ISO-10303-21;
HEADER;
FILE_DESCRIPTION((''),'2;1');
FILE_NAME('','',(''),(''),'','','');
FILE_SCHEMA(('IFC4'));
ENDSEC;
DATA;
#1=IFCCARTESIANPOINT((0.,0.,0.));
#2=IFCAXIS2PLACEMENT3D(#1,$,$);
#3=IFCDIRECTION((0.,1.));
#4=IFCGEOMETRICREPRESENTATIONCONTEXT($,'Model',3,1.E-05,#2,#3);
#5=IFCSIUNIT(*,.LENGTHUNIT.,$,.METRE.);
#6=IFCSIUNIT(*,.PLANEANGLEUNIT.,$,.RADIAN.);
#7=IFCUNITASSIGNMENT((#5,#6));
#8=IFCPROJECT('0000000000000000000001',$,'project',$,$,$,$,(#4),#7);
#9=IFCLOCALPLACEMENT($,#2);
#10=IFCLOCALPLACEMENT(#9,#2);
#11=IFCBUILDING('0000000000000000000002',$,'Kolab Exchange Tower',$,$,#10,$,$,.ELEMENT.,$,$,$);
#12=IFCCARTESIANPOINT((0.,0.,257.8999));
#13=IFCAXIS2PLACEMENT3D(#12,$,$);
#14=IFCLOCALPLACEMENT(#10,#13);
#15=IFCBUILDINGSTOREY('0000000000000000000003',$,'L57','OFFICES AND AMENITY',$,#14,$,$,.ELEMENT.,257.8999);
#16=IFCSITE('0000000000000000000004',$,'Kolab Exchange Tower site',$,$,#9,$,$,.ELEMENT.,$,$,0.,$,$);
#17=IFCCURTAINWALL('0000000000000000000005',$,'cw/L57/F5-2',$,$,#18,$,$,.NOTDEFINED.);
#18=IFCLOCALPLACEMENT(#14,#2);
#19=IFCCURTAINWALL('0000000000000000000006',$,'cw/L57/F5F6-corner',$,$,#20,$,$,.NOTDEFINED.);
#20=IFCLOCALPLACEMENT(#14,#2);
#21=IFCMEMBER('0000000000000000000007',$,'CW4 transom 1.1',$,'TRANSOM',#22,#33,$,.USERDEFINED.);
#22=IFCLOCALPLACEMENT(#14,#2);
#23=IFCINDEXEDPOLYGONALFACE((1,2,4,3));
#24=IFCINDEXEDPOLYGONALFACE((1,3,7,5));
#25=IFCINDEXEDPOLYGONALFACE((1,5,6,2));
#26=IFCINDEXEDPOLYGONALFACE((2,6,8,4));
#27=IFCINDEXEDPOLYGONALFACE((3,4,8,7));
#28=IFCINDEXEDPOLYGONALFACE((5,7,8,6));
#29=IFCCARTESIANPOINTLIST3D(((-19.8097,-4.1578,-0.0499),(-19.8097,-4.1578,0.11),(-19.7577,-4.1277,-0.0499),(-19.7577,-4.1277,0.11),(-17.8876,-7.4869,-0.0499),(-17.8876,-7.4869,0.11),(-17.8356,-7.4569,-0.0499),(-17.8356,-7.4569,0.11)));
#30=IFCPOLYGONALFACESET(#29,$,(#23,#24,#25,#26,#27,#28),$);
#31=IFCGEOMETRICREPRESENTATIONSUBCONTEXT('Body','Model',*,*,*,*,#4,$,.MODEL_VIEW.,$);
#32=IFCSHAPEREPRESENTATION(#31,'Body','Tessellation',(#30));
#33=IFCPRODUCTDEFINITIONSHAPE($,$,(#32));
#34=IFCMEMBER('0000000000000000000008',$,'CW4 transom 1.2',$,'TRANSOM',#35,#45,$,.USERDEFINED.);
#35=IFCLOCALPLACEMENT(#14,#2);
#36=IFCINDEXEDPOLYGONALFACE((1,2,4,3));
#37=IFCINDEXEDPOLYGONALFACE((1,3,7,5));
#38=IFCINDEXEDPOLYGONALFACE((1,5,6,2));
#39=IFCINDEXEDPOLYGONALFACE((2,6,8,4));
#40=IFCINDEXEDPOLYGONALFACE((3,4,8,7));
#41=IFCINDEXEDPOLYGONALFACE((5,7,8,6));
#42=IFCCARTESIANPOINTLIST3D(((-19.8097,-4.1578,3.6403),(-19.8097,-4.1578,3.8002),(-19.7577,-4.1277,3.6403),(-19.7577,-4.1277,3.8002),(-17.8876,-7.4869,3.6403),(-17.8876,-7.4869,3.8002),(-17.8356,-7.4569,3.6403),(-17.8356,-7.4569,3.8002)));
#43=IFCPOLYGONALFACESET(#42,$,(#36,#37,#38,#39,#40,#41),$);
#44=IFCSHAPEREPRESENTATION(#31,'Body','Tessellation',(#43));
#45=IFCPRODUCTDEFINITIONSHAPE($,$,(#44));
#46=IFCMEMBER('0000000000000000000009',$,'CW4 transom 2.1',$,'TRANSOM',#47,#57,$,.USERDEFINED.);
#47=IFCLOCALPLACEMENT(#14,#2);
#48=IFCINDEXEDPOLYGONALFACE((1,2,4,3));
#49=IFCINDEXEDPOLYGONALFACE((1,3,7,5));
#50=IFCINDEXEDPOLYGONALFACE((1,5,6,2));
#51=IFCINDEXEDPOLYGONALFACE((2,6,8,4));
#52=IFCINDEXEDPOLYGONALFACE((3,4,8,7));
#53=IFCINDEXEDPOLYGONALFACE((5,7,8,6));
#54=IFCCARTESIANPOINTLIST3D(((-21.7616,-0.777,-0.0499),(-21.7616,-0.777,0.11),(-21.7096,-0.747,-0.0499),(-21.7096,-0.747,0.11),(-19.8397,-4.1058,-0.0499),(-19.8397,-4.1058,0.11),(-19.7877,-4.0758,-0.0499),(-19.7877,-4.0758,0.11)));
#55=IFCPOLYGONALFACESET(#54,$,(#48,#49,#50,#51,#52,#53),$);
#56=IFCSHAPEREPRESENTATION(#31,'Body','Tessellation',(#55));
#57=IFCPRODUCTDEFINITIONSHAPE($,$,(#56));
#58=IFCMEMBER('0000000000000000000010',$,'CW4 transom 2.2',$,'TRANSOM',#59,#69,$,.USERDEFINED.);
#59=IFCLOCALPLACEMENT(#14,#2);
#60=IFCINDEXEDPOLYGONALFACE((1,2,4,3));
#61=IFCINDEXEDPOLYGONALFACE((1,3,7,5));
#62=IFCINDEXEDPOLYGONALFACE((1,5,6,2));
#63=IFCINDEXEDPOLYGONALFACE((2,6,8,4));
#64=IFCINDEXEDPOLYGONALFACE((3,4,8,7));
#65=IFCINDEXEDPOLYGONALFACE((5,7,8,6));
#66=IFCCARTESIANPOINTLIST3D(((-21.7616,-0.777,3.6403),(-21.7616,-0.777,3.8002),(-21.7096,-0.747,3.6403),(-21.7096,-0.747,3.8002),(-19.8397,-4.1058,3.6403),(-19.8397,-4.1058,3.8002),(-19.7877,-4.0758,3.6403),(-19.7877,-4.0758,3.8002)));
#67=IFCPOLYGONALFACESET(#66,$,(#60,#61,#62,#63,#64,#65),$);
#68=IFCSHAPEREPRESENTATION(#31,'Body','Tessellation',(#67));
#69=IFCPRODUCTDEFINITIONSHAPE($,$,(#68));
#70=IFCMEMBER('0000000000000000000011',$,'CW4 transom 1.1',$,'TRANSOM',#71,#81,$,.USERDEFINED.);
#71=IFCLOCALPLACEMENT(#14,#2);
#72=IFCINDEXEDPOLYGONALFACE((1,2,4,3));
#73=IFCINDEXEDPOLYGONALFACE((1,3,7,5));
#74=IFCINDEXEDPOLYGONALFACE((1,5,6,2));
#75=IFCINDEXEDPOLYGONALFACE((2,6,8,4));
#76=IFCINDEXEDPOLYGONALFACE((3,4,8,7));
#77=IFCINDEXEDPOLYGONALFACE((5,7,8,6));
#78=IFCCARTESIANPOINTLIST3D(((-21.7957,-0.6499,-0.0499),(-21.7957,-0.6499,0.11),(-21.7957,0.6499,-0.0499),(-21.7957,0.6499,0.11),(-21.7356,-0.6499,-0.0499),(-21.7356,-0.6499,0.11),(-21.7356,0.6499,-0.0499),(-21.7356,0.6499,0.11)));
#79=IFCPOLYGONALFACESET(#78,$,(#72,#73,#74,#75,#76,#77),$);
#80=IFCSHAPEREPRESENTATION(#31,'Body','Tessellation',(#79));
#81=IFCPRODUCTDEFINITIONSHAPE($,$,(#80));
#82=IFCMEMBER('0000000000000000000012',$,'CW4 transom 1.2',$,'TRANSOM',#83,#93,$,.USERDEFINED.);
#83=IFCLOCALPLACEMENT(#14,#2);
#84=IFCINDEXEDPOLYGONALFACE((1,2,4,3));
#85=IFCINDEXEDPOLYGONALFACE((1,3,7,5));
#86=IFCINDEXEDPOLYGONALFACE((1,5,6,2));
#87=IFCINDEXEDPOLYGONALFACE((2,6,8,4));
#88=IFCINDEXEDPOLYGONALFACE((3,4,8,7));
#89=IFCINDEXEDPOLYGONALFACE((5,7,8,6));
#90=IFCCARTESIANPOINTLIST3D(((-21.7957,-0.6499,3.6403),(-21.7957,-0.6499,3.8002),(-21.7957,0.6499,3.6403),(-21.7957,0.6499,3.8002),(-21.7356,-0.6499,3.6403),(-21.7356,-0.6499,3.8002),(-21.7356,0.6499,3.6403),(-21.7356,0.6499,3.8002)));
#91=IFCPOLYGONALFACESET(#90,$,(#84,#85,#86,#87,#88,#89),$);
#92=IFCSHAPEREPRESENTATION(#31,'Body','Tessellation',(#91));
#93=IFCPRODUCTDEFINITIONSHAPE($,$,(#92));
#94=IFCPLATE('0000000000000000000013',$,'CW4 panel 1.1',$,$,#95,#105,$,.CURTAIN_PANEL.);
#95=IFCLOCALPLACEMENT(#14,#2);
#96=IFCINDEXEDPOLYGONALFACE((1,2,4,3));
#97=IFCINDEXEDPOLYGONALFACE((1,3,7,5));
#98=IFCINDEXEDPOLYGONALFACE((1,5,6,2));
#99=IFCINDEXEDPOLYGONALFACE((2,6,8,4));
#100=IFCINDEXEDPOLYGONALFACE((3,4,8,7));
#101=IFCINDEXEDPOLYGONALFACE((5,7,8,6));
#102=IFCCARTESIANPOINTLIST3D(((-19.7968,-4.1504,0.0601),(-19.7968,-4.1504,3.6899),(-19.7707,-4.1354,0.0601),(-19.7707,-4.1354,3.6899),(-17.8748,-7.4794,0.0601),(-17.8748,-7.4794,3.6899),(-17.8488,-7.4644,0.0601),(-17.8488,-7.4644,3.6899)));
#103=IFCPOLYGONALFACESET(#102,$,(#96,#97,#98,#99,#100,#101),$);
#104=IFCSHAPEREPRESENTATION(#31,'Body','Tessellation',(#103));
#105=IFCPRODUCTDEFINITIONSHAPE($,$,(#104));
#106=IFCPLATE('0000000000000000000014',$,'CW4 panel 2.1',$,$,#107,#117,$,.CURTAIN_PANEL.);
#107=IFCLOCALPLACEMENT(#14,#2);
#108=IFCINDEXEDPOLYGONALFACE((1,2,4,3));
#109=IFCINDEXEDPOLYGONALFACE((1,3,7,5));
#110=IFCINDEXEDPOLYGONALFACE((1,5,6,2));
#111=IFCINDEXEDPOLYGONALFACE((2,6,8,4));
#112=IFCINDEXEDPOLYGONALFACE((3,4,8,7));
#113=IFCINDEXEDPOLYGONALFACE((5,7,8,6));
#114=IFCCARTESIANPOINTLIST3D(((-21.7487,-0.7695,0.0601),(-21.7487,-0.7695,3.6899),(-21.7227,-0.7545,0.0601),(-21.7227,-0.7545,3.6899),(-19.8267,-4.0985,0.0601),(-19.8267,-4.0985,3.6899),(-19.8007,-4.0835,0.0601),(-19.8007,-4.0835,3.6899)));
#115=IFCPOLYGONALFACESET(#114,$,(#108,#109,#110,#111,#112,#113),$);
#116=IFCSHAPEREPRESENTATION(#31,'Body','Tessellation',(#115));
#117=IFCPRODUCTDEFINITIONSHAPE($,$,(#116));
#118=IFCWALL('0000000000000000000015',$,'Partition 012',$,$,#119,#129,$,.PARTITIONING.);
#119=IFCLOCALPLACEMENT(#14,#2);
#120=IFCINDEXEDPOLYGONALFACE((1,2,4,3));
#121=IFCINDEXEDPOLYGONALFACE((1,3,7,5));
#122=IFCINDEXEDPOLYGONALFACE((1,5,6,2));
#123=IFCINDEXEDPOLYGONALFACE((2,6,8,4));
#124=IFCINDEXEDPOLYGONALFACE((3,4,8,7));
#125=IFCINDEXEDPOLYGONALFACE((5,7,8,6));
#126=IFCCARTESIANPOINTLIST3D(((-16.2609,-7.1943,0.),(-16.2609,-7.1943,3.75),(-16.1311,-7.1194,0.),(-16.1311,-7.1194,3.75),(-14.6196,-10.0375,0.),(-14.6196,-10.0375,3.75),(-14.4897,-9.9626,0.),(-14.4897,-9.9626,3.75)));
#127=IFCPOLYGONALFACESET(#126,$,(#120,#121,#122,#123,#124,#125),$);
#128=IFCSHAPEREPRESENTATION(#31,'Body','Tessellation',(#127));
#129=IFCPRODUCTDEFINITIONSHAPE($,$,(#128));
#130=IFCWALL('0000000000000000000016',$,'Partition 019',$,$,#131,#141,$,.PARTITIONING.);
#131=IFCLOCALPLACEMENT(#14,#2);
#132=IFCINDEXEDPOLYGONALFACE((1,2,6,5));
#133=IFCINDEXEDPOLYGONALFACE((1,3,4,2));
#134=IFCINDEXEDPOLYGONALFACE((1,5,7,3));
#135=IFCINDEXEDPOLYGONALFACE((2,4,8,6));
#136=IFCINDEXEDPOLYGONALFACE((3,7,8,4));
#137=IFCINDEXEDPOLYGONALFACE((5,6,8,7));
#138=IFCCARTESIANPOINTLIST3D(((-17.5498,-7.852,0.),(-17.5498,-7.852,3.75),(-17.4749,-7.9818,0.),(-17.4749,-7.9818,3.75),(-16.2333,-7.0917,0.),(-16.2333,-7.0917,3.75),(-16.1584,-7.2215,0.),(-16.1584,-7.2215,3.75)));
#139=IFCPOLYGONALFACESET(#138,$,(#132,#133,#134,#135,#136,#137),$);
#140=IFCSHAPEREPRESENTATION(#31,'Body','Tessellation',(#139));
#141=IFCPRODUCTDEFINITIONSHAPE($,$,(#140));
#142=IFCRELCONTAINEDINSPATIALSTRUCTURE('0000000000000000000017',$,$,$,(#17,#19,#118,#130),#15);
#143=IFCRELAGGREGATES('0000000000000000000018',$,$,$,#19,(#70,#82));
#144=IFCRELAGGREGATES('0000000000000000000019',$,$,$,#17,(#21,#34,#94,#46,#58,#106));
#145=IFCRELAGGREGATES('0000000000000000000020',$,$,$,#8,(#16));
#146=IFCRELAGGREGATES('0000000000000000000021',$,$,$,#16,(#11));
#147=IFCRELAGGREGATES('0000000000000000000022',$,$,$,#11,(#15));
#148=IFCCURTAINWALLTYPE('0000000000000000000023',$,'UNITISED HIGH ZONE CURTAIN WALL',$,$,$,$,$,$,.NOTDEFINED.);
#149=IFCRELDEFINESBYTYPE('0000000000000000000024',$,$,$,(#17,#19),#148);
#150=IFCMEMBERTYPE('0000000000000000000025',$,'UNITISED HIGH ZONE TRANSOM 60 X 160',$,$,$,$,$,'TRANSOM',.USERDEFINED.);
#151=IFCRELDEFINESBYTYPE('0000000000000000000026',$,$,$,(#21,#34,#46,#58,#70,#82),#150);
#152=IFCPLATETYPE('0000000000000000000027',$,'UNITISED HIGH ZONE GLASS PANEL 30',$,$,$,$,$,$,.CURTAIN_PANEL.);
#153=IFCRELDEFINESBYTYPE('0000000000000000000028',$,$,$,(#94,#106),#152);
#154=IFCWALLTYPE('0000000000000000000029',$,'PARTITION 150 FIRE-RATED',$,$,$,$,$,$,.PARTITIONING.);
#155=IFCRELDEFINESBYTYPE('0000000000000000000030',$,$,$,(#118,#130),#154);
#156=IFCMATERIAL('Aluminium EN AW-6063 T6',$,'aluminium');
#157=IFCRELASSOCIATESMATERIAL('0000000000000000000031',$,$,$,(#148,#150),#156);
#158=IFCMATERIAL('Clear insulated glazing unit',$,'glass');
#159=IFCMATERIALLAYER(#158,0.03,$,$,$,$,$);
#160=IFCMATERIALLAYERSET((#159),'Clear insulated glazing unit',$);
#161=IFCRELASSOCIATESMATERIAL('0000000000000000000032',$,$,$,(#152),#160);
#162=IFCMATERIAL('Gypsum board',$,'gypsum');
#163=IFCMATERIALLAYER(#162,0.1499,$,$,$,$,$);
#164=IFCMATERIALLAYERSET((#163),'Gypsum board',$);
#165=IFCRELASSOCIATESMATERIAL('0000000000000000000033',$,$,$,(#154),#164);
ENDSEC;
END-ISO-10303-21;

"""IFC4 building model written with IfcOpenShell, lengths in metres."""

from ifc_helpers import new_model, si_unit, direction, frame, frame_2d, origin, origin_2d, place, context, subcontext, project, spatial, rectangle, extrude, material, layer, layer_set, material_profile, profile_set, type_object, element, aggregate, save


model = new_model("IFC4")

# Units and contexts
model_context = context("Model", 3, precision=1e-05, world=origin(), true_north=direction((0.0, 1.0)))
body_context = subcontext(model_context, "Body", "Model", "MODEL_VIEW")
ifc_project = project(units=[si_unit("LENGTHUNIT", "METRE"), si_unit("PLANEANGLEUNIT", "RADIAN")], contexts=[model_context])

# Site, building, storey
site_placement = place(None, origin())
site = spatial("IfcSite", under=ifc_project, at=site_placement, Name="Kolab Exchange Tower site", CompositionType="ELEMENT", RefElevation=0.0)
building_placement = place(site_placement, origin())
building = spatial("IfcBuilding", under=site, at=building_placement, Name="Kolab Exchange Tower", CompositionType="ELEMENT")
storey_placement = place(building_placement, frame((0.0, 0.0, 257.8999)))
storey = spatial("IfcBuildingStorey", under=building, at=storey_placement, Name="L57", Description="OFFICES AND AMENITY", CompositionType="ELEMENT", Elevation=257.8999)

# Curtain wall
ifc_material_1 = material(Name="Aluminium EN AW-6063 T6", Category="aluminium")
curtain_wall_type = type_object("IfcCurtainWallType", Name="UNITISED HIGH ZONE CURTAIN WALL", PredefinedType="NOTDEFINED", material=ifc_material_1)
curtain_wall_1_placement = place(storey_placement, origin())
curtain_wall_1 = element("IfcCurtainWall", 1, at=curtain_wall_1_placement, inside=storey, type_object=curtain_wall_type, Name="cw/L57/F5-2", PredefinedType="NOTDEFINED")

# Curtain wall
curtain_wall_2_placement = place(storey_placement, origin())
curtain_wall_2 = element("IfcCurtainWall", 2, at=curtain_wall_2_placement, inside=storey, type_object=curtain_wall_type, Name="cw/L57/F5F6-corner", PredefinedType="NOTDEFINED")

# Members
ifc_material_profile_1 = material_profile(ifc_material_1, rectangle(XDim=0.0601, YDim=0.1599, at=origin_2d()), Name="RECT 60X160")
ifc_profile_set_1 = profile_set([ifc_material_profile_1], Name="Aluminium EN AW-6063 T6")
member_type_1 = type_object("IfcMemberType", Name="UNITISED HIGH ZONE TRANSOM 60 X 160", ElementType="TRANSOM", PredefinedType="USERDEFINED", material=ifc_profile_set_1)
member_1_placement = place(storey_placement, frame((-17.8616, -7.4719, 0.03), z_axis=(-0.500012, 0.866018, 0.0), x_axis=(-0.866018, -0.500012, 0.0)))
member_1 = element("IfcMember", 3, at=member_1_placement, type_object=member_type_1, Name="CW4 transom 1.1", ObjectType="TRANSOM", PredefinedType="USERDEFINED", context=body_context, shape_type="SweptSolid", body=[
    extrude(rectangle(XDim=0.0601, YDim=0.1599, at=origin_2d()), origin(), (0.0, 0.0, 1.0), 3.8442),
])
member_2_placement = place(storey_placement, frame((-17.8616, -7.4719, 3.7202), z_axis=(-0.500012, 0.866018, 0.0), x_axis=(-0.866018, -0.500012, 0.0)))
member_2 = element("IfcMember", 4, at=member_2_placement, type_object=member_type_1, Name="CW4 transom 1.2", ObjectType="TRANSOM", PredefinedType="USERDEFINED", context=body_context, shape_type="SweptSolid", body=[
    extrude(rectangle(XDim=0.0601, YDim=0.1599, at=origin_2d()), origin(), (0.0, 0.0, 1.0), 3.8442),
])
member_3_placement = place(storey_placement, frame((-19.8137, -4.0908, 0.03), z_axis=(-0.499992, 0.86603, 0.0), x_axis=(-0.86603, -0.499992, 0.0)))
member_3 = element("IfcMember", 5, at=member_3_placement, type_object=member_type_1, Name="CW4 transom 2.1", ObjectType="TRANSOM", PredefinedType="USERDEFINED", context=body_context, shape_type="SweptSolid", body=[
    extrude(rectangle(XDim=0.0601, YDim=0.1599, at=origin_2d()), origin(), (0.0, 0.0, 1.0), 3.8438),
])
member_4_placement = place(storey_placement, frame((-19.8137, -4.0908, 3.7202), z_axis=(-0.499992, 0.86603, 0.0), x_axis=(-0.86603, -0.499992, 0.0)))
member_4 = element("IfcMember", 6, at=member_4_placement, type_object=member_type_1, Name="CW4 transom 2.2", ObjectType="TRANSOM", PredefinedType="USERDEFINED", context=body_context, shape_type="SweptSolid", body=[
    extrude(rectangle(XDim=0.0601, YDim=0.1599, at=origin_2d()), origin(), (0.0, 0.0, 1.0), 3.8438),
])
member_5_placement = place(storey_placement, frame((-21.7656, -0.6499, 0.03), z_axis=(0.0, 1.0, 0.0), x_axis=(-1.0, 0.0, 0.0)))
member_5 = element("IfcMember", 7, at=member_5_placement, type_object=member_type_1, Name="CW4 transom 1.1", ObjectType="TRANSOM", PredefinedType="USERDEFINED", context=body_context, shape_type="SweptSolid", body=[
    extrude(rectangle(XDim=0.0601, YDim=0.1599, at=origin_2d()), origin(), (0.0, 0.0, 1.0), 1.2998),
])
member_6_placement = place(storey_placement, frame((-21.7656, -0.6499, 3.7202), z_axis=(0.0, 1.0, 0.0), x_axis=(-1.0, 0.0, 0.0)))
member_6 = element("IfcMember", 8, at=member_6_placement, type_object=member_type_1, Name="CW4 transom 1.2", ObjectType="TRANSOM", PredefinedType="USERDEFINED", context=body_context, shape_type="SweptSolid", body=[
    extrude(rectangle(XDim=0.0601, YDim=0.1599, at=origin_2d()), origin(), (0.0, 0.0, 1.0), 1.2998),
])
aggregate(curtain_wall_2, [member_5, member_6])

# Plates
ifc_material_2 = material(Name="Clear insulated glazing unit", Category="glass")
ifc_layer_1 = layer(ifc_material_2, 0.03)
ifc_layer_set_1 = layer_set([ifc_layer_1], Name="Clear insulated glazing unit")
plate_type = type_object("IfcPlateType", Name="UNITISED HIGH ZONE GLASS PANEL 30", PredefinedType="CURTAIN_PANEL", material=ifc_layer_set_1)
plate_1_placement = place(storey_placement, frame((-18.8228, -5.8074, 0.0601), z_axis=(0.0, 0.0, 1.0), x_axis=(-0.5, 0.866025, 0.0)))
plate_1 = element("IfcPlate", 9, at=plate_1_placement, type_object=plate_type, Name="CW4 panel 1.1", PredefinedType="CURTAIN_PANEL", context=body_context, shape_type="SweptSolid", body=[
    extrude(rectangle(XDim=3.844, YDim=0.03, at=origin_2d()), origin(), (0.0, 0.0, 1.0), 3.6299),
])
plate_2_placement = place(storey_placement, frame((-20.7747, -2.4265, 0.0601), z_axis=(0.0, 0.0, 1.0), x_axis=(-0.5, 0.866025, 0.0)))
plate_2 = element("IfcPlate", 10, at=plate_2_placement, type_object=plate_type, Name="CW4 panel 2.1", PredefinedType="CURTAIN_PANEL", context=body_context, shape_type="SweptSolid", body=[
    extrude(rectangle(XDim=3.844, YDim=0.03, at=origin_2d()), origin(), (0.0, 0.0, 1.0), 3.6299),
])
aggregate(curtain_wall_1, [member_1, member_2, plate_1, member_3, member_4, plate_2])

# Walls
ifc_material_3 = material(Name="Gypsum board", Category="gypsum")
ifc_layer_2 = layer(ifc_material_3, 0.1499)
ifc_layer_set_2 = layer_set([ifc_layer_2], Name="Gypsum board")
wall_type = type_object("IfcWallType", Name="PARTITION 150 FIRE-RATED", PredefinedType="PARTITIONING", material=ifc_layer_set_2)
wall_1_placement = place(storey_placement, frame((-16.196, -7.1567, 0.0), z_axis=(0.0, 0.0, 1.0), x_axis=(0.499954, -0.866052, 0.0)))
element("IfcWall", 11, at=wall_1_placement, inside=storey, type_object=wall_type, Name="Partition 012", PredefinedType="PARTITIONING", context=body_context, shape_type="SweptSolid", body=[
    extrude(rectangle(XDim=3.283, YDim=0.1499, at=frame_2d((1.6416, 0.0))), origin(), (0.0, 0.0, 1.0), 3.75),
])
wall_2_placement = place(storey_placement, frame((-17.5125, -7.917, 0.0), z_axis=(0.0, 0.0, 1.0), x_axis=(0.865961, 0.500112, 0.0)))
element("IfcWall", 12, at=wall_2_placement, inside=storey, type_object=wall_type, Name="Partition 019", PredefinedType="PARTITIONING", context=body_context, shape_type="SweptSolid", body=[
    extrude(rectangle(XDim=1.5203, YDim=0.1499, at=frame_2d((0.7603, 0.0))), origin(), (0.0, 0.0, 1.0), 3.75),
])

save(model, "model.ifc")
